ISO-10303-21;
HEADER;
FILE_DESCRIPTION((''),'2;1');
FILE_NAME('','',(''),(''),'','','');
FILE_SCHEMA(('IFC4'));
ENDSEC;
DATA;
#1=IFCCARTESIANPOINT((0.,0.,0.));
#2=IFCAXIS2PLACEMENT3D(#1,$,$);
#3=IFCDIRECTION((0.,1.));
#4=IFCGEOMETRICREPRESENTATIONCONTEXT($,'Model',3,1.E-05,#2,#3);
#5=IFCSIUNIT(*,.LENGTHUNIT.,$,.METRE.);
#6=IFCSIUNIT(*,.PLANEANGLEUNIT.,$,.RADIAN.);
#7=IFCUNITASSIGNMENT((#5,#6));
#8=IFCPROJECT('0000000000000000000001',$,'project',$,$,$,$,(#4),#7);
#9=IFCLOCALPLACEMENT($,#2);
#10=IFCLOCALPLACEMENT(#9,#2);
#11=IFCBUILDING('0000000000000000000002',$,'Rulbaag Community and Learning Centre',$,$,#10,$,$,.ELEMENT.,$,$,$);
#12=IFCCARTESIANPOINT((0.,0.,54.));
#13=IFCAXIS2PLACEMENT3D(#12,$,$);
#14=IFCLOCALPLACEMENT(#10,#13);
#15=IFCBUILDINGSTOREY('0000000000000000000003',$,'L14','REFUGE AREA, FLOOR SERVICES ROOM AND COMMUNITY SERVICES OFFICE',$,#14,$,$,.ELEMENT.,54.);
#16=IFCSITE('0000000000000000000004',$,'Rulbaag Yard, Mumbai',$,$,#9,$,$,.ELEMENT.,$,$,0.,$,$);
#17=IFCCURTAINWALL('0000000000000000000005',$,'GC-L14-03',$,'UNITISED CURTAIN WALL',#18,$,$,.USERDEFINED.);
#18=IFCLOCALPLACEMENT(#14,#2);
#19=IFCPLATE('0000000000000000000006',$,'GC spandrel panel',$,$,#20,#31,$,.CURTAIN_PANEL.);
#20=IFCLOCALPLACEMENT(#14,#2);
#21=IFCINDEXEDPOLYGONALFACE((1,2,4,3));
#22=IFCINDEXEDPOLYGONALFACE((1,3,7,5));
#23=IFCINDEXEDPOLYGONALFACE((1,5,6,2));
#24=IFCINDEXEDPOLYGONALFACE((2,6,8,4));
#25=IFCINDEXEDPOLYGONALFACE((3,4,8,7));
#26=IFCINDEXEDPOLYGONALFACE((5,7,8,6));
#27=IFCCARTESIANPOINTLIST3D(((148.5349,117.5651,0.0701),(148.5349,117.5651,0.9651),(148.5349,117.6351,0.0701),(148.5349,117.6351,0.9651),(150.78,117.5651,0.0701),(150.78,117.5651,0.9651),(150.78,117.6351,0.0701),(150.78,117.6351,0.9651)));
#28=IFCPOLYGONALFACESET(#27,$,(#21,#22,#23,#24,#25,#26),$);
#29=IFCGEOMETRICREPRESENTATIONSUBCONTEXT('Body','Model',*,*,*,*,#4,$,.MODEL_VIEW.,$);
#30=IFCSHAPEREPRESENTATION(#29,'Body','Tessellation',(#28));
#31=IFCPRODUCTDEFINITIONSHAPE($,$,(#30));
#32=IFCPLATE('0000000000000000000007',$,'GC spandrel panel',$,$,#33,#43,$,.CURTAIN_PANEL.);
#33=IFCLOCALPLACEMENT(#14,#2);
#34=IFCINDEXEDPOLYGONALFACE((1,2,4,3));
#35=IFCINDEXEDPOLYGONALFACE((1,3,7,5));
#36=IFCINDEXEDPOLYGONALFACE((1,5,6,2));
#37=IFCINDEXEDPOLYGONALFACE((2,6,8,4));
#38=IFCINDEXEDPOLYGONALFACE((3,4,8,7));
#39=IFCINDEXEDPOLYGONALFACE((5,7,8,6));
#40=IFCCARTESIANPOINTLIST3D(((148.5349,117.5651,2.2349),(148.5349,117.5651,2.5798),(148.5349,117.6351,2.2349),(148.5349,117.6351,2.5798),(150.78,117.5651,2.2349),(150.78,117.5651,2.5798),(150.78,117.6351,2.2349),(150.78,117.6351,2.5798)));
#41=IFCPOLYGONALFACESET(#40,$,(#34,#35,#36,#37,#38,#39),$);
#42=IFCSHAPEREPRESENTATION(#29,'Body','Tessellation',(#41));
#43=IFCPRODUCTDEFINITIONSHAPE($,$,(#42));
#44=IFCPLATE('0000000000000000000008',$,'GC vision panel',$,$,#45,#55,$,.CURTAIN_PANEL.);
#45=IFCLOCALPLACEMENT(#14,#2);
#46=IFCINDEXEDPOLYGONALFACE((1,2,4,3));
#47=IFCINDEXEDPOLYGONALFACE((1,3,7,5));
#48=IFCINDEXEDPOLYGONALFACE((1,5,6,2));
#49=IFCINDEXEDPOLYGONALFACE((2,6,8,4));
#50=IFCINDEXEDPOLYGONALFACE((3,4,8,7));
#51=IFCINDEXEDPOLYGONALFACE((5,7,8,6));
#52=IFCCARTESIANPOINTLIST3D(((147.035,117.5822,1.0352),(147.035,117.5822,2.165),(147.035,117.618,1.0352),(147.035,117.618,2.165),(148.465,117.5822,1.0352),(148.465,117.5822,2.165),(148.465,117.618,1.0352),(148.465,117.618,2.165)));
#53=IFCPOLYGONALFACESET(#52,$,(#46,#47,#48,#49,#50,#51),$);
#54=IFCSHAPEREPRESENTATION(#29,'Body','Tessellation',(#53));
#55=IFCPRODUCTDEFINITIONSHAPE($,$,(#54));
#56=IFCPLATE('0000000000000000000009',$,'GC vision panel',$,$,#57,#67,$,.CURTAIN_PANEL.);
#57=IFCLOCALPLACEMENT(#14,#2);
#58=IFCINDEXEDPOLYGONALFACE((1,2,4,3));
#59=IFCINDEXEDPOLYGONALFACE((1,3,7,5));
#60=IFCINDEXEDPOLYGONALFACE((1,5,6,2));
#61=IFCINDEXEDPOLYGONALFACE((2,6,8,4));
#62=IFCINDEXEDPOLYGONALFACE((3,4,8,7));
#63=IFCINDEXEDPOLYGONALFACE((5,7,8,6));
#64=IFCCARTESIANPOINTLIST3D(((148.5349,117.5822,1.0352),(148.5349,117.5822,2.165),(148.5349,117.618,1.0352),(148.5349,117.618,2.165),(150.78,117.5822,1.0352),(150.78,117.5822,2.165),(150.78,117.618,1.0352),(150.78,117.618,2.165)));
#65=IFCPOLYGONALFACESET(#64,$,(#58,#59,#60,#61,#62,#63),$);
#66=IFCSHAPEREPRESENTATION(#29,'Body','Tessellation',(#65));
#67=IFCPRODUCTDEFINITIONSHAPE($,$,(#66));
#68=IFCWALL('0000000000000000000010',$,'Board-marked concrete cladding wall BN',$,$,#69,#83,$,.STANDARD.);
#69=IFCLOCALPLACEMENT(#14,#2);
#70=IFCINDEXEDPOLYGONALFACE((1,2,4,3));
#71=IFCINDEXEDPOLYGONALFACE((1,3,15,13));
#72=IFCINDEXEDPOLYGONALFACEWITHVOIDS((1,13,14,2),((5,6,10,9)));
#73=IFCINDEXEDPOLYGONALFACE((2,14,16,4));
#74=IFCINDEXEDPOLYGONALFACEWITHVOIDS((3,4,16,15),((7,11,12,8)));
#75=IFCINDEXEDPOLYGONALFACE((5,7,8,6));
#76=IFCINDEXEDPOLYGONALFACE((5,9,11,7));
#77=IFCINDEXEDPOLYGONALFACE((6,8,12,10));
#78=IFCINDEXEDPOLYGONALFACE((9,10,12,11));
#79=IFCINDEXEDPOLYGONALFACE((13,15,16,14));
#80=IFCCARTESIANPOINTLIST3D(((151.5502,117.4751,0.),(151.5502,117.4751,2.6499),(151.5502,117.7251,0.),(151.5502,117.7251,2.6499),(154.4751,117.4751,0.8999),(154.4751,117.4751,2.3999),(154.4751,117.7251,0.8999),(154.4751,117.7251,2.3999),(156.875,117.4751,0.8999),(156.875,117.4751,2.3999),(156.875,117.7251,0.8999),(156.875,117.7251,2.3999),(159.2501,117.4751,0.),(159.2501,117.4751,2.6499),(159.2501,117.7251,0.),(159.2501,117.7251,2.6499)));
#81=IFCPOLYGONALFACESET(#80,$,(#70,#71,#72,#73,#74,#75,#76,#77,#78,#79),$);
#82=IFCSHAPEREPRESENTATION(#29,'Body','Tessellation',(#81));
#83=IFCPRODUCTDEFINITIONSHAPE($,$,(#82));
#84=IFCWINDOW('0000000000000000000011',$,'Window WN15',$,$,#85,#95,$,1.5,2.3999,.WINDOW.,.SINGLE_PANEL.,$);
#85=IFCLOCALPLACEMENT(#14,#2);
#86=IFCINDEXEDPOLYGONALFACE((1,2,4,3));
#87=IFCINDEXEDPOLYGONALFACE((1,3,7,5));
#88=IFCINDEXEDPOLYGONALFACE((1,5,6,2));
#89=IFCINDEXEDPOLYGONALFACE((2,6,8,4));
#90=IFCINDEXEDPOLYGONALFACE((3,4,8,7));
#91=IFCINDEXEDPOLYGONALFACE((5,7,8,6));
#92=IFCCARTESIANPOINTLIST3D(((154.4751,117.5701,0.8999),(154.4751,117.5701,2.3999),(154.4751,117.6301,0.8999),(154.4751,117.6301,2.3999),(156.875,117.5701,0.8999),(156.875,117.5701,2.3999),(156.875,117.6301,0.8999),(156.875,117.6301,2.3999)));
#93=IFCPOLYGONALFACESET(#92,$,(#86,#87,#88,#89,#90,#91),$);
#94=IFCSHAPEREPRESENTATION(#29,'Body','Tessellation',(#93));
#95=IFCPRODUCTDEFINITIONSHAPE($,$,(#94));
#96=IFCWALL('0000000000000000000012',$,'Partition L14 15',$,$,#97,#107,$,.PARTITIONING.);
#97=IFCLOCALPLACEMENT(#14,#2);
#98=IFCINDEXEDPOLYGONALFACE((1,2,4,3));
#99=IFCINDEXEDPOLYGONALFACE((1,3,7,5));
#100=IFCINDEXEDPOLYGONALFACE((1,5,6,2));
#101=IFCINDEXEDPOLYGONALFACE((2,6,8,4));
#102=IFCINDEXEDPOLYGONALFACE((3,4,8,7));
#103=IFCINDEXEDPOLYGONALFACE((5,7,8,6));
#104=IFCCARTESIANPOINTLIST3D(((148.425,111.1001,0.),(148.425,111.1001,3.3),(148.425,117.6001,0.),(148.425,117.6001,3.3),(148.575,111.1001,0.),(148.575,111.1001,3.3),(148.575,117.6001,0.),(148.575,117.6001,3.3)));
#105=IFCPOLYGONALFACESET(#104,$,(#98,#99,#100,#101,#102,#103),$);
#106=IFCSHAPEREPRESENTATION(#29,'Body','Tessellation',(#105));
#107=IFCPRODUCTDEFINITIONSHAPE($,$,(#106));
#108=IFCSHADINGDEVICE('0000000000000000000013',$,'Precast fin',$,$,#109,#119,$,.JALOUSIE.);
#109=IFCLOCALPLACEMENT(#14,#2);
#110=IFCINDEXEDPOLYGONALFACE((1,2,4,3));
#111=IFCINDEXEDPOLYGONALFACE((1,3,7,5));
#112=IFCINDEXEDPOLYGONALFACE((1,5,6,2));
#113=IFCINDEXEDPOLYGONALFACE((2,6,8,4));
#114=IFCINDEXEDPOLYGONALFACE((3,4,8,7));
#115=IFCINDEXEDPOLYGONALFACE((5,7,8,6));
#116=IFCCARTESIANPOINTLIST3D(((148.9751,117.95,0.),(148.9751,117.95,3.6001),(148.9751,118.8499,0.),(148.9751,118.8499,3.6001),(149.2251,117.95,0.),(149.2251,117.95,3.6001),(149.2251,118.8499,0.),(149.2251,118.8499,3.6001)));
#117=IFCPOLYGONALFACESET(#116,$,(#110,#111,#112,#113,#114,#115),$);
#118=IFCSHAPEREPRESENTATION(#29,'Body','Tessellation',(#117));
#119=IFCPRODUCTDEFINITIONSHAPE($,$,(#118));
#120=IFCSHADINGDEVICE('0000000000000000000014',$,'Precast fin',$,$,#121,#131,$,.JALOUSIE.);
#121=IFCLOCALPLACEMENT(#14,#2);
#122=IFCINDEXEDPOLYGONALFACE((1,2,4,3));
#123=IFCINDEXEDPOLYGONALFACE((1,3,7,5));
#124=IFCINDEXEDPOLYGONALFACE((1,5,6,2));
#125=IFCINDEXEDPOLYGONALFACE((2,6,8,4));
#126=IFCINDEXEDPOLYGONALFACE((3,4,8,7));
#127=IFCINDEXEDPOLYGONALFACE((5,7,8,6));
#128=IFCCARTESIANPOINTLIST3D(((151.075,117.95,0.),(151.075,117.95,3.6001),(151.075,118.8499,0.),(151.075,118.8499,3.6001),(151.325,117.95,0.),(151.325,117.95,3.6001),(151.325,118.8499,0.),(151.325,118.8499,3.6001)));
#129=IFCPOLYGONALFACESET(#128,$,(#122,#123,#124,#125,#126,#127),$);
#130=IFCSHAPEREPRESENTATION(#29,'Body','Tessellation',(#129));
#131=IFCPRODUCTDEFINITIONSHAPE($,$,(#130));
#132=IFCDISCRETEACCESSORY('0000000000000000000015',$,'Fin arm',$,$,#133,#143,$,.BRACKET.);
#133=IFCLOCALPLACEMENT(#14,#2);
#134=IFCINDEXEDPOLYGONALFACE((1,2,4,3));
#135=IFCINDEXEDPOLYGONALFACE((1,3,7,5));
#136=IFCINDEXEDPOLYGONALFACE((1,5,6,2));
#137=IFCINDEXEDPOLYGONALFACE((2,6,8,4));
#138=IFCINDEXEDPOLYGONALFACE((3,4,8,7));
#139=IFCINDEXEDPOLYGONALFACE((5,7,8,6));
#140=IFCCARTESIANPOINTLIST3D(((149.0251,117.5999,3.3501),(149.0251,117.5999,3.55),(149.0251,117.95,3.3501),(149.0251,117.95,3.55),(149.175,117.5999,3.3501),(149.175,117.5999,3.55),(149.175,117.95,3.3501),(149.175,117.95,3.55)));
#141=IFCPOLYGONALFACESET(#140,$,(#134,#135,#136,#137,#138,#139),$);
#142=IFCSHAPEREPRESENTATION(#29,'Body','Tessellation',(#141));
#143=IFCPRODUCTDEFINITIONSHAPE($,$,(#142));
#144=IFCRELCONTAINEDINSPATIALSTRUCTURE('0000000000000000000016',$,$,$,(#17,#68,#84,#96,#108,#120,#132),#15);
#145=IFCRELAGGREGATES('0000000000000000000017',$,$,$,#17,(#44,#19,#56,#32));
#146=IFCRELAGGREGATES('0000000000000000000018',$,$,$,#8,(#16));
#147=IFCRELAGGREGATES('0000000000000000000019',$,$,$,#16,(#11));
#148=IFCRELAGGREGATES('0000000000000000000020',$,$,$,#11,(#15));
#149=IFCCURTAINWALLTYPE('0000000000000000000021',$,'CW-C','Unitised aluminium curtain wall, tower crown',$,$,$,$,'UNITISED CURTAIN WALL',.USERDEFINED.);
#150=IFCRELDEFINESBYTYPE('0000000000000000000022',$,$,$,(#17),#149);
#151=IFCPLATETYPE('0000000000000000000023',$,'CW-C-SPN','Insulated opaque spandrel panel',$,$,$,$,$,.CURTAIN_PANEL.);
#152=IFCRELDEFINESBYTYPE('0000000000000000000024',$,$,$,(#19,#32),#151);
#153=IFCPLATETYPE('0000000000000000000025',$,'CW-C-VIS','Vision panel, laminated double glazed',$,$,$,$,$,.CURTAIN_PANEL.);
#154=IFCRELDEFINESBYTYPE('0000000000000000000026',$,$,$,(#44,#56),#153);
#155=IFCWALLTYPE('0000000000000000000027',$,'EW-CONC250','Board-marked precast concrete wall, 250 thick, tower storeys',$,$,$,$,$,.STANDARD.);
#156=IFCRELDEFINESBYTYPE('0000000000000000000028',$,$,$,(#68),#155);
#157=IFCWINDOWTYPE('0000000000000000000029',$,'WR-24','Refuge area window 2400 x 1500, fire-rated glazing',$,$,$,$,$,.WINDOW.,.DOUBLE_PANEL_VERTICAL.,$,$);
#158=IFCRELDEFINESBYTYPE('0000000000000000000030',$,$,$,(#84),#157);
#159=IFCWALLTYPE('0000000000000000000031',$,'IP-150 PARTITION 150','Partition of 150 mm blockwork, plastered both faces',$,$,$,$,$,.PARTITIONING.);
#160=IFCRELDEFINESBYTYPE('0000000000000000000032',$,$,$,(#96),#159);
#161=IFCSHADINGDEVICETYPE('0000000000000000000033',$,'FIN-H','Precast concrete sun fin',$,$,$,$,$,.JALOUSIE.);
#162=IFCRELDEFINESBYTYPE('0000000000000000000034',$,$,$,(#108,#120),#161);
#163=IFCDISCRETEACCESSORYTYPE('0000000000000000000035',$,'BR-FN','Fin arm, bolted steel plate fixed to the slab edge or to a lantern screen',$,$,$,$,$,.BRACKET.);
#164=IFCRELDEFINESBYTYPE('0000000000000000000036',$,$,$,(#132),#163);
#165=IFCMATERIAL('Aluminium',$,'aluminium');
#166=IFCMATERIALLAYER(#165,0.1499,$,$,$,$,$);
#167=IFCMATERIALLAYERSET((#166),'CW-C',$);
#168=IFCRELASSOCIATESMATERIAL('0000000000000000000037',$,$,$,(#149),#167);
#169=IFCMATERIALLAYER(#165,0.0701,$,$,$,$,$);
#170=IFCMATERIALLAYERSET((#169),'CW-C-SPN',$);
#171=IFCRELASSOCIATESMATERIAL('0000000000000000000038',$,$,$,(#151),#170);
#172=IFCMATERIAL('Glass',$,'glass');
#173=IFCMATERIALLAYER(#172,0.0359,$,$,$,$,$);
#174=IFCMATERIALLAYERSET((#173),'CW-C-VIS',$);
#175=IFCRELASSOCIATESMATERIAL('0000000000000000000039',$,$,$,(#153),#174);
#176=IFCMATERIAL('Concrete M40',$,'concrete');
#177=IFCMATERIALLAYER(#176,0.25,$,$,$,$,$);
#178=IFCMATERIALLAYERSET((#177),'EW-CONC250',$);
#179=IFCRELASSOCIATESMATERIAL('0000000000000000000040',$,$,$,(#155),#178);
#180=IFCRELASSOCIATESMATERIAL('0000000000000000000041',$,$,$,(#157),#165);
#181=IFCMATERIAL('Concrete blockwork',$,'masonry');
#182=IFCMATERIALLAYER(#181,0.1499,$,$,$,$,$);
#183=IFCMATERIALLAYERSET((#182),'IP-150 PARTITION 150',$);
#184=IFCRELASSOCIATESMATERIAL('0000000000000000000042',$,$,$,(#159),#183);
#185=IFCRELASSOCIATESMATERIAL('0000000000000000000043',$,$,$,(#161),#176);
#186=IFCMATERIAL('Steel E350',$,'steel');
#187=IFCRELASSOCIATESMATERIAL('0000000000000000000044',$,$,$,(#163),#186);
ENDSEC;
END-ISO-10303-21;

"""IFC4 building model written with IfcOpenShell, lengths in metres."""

from ifc_helpers import new_model, si_unit, direction, frame, frame_2d, origin, origin_2d, place, context, subcontext, project, spatial, rectangle, extrude, material, layer, layer_set, material_profile, profile_set, type_object, element, fill, aggregate, save


model = new_model("IFC4")

# Units and contexts
model_context = context("Model", 3, precision=1e-05, world=origin(), true_north=direction((0.0, 1.0)))
body_context = subcontext(model_context, "Body", "Model", "MODEL_VIEW")
ifc_project = project(units=[si_unit("LENGTHUNIT", "METRE"), si_unit("PLANEANGLEUNIT", "RADIAN")], contexts=[model_context])

# Site, building, storey
site_placement = place(None, origin())
site = spatial("IfcSite", under=ifc_project, at=site_placement, Name="Rulbaag Yard, Mumbai", CompositionType="ELEMENT", RefElevation=0.0)
building_placement = place(site_placement, origin())
building = spatial("IfcBuilding", under=site, at=building_placement, Name="Rulbaag Community and Learning Centre", CompositionType="ELEMENT")
storey_placement = place(building_placement, frame((0.0, 0.0, 54.0)))
storey = spatial("IfcBuildingStorey", under=building, at=storey_placement, Name="L14", Description="REFUGE AREA, FLOOR SERVICES ROOM AND COMMUNITY SERVICES OFFICE", CompositionType="ELEMENT", Elevation=54.0)

# Shared definitions
ifc_material_1 = material(Name="Concrete M40", Category="concrete")

# Curtain wall, plates
ifc_material_2 = material(Name="Aluminium", Category="aluminium")
ifc_layer_1 = layer(ifc_material_2, 0.1499)
ifc_layer_set_1 = layer_set([ifc_layer_1], Name="CW-C")
curtain_wall_type = type_object("IfcCurtainWallType", Name="CW-C", Description="Unitised aluminium curtain wall, tower crown", ElementType="UNITISED CURTAIN WALL", PredefinedType="USERDEFINED", material=ifc_layer_set_1)
curtain_wall_placement = place(storey_placement, origin())
curtain_wall = element("IfcCurtainWall", 1, at=curtain_wall_placement, inside=storey, type_object=curtain_wall_type, Name="GC-L14-03", ObjectType="UNITISED CURTAIN WALL", PredefinedType="USERDEFINED")
ifc_layer_2 = layer(ifc_material_2, 0.0701)
ifc_layer_set_2 = layer_set([ifc_layer_2], Name="CW-C-SPN")
plate_type_1 = type_object("IfcPlateType", Name="CW-C-SPN", Description="Insulated opaque spandrel panel", PredefinedType="CURTAIN_PANEL", material=ifc_layer_set_2)
plate_1_placement = place(storey_placement, frame((149.6575, 117.6001, 0.0701), z_axis=(0.0, 0.0, 1.0), x_axis=(1.0, 0.0, 0.0)))
plate_1 = element("IfcPlate", 2, at=plate_1_placement, type_object=plate_type_1, Name="GC spandrel panel", PredefinedType="CURTAIN_PANEL", context=body_context, shape_type="SweptSolid", body=[
    extrude(rectangle(XDim=2.2451, YDim=0.0701, at=origin_2d()), origin(), (0.0, 0.0, 1.0), 0.895),
])
plate_2_placement = place(storey_placement, frame((149.6575, 117.6001, 2.2349), z_axis=(0.0, 0.0, 1.0), x_axis=(1.0, 0.0, 0.0)))
plate_2 = element("IfcPlate", 3, at=plate_2_placement, type_object=plate_type_1, Name="GC spandrel panel", PredefinedType="CURTAIN_PANEL", context=body_context, shape_type="SweptSolid", body=[
    extrude(rectangle(XDim=2.2451, YDim=0.0701, at=origin_2d()), origin(), (0.0, 0.0, 1.0), 0.345),
])
ifc_material_3 = material(Name="Glass", Category="glass")
ifc_layer_3 = layer(ifc_material_3, 0.0359)
ifc_layer_set_3 = layer_set([ifc_layer_3], Name="CW-C-VIS")
plate_type_2 = type_object("IfcPlateType", Name="CW-C-VIS", Description="Vision panel, laminated double glazed", PredefinedType="CURTAIN_PANEL", material=ifc_layer_set_3)
plate_3_placement = place(storey_placement, frame((147.75, 117.6001, 1.0352), z_axis=(0.0, 0.0, 1.0), x_axis=(1.0, 0.0, 0.0)))
plate_3 = element("IfcPlate", 4, at=plate_3_placement, type_object=plate_type_2, Name="GC vision panel", PredefinedType="CURTAIN_PANEL", context=body_context, shape_type="SweptSolid", body=[
    extrude(rectangle(XDim=1.4299, YDim=0.0359, at=origin_2d()), origin(), (0.0, 0.0, 1.0), 1.1299),
])
plate_4_placement = place(storey_placement, frame((149.6575, 117.6001, 1.0352), z_axis=(0.0, 0.0, 1.0), x_axis=(1.0, 0.0, 0.0)))
plate_4 = element("IfcPlate", 5, at=plate_4_placement, type_object=plate_type_2, Name="GC vision panel", PredefinedType="CURTAIN_PANEL", context=body_context, shape_type="SweptSolid", body=[
    extrude(rectangle(XDim=2.2451, YDim=0.0359, at=origin_2d()), origin(), (0.0, 0.0, 1.0), 1.1299),
])
aggregate(curtain_wall, [plate_3, plate_1, plate_4, plate_2])

# Wall, opening, window
ifc_layer_4 = layer(ifc_material_1, 0.25)
ifc_layer_set_4 = layer_set([ifc_layer_4], Name="EW-CONC250")
wall_type_1 = type_object("IfcWallType", Name="EW-CONC250", Description="Board-marked precast concrete wall, 250 thick, tower storeys", PredefinedType="STANDARD", material=ifc_layer_set_4)
wall_1_placement = place(storey_placement, frame((151.55, 117.6001, 0.0), z_axis=(0.0, 0.0, 1.0), x_axis=(1.0, 0.0, 0.0)))
wall_1 = element("IfcWall", 6, at=wall_1_placement, inside=storey, type_object=wall_type_1, Name="Board-marked concrete cladding wall BN", PredefinedType="STANDARD", context=body_context, shape_type="SweptSolid", body=[
    extrude(rectangle(XDim=7.7, YDim=0.25, at=frame_2d((3.8501, 0.0))), origin(), (0.0, 0.0, 1.0), 2.6499),
])
opening_1_placement = place(wall_1_placement, frame((2.925, 0.0, 0.8999)))
opening_1 = element("IfcOpeningElement", 7, at=opening_1_placement, cuts=wall_1, PredefinedType="OPENING", context=body_context, shape_type="SweptSolid", body=[
    extrude(rectangle(XDim=2.3999, YDim=1.5, at=frame_2d((1.2, 0.75))), frame((0.0, 0.135, 0.0), z_axis=(0.0, -1.0, 0.0), x_axis=(1.0, 0.0, 0.0)), (0.0, 0.0, 1.0), 0.27),
])
window_type = type_object("IfcWindowType", Name="WR-24", Description="Refuge area window 2400 x 1500, fire-rated glazing", PartitioningType="DOUBLE_PANEL_VERTICAL", PredefinedType="WINDOW", material=ifc_material_2)
window_placement = place(opening_1_placement, origin())
window = element("IfcWindow", 8, at=window_placement, inside=storey, type_object=window_type, Name="Window WN15", OverallHeight=1.5, OverallWidth=2.3999, PartitioningType="SINGLE_PANEL", PredefinedType="WINDOW", context=body_context, shape_type="SweptSolid", body=[
    extrude(rectangle(XDim=2.3999, YDim=1.5, at=frame_2d((1.2, 0.75))), frame((0.0, 0.03, 0.0), z_axis=(0.0, -1.0, 0.0), x_axis=(1.0, 0.0, 0.0)), (0.0, 0.0, 1.0), 0.0601),
])
fill(opening_1, window)

# Wall
ifc_material_4 = material(Name="Concrete blockwork", Category="masonry")
ifc_layer_5 = layer(ifc_material_4, 0.1499)
ifc_layer_set_5 = layer_set([ifc_layer_5], Name="IP-150 PARTITION 150")
wall_type_2 = type_object("IfcWallType", Name="IP-150 PARTITION 150", Description="Partition of 150 mm blockwork, plastered both faces", PredefinedType="PARTITIONING", material=ifc_layer_set_5)
wall_2_placement = place(storey_placement, frame((148.5, 111.1001, 0.0), z_axis=(0.0, 0.0, 1.0), x_axis=(0.0, 1.0, 0.0)))
element("IfcWall", 9, at=wall_2_placement, inside=storey, type_object=wall_type_2, Name="Partition L14 15", PredefinedType="PARTITIONING", context=body_context, shape_type="SweptSolid", body=[
    extrude(rectangle(XDim=6.5, YDim=0.1499, at=frame_2d((3.25, 0.0))), origin(), (0.0, 0.0, 1.0), 3.3),
])

# Shading devices
ifc_material_profile_1 = material_profile(ifc_material_1, rectangle(XDim=0.25, YDim=0.8999, at=origin_2d()), Name="PC 250x900")
ifc_profile_set_1 = profile_set([ifc_material_profile_1], Name="Concrete M40")
shading_device_type_1 = type_object("IfcShadingDeviceType", Name="FIN-H", Description="Precast concrete sun fin", PredefinedType="JALOUSIE", material=ifc_profile_set_1)
for number, where, z_axis, x_axis, name in (
    (10, (149.1001, 118.3999, 0.0), (0.0, 0.0, 1.0), (1.0, 0.0, 0.0), "Precast fin"),
    (11, (151.2, 118.3999, 0.0), (0.0, 0.0, 1.0), (1.0, 0.0, 0.0), "Precast fin"),
):
    element("IfcShadingDevice", number, at=place(storey_placement, frame(where, z_axis=z_axis, x_axis=x_axis)), inside=storey, type_object=shading_device_type_1, Name=name, PredefinedType="JALOUSIE", context=body_context, shape_type="SweptSolid", body=[
        extrude(rectangle(XDim=0.25, YDim=0.8999, at=origin_2d()), origin(), (0.0, 0.0, 1.0), 3.6001),
    ])

# Discrete accessory
ifc_material_5 = material(Name="Steel E350", Category="steel")
discrete_accessory_type = type_object("IfcDiscreteAccessoryType", Name="BR-FN", Description="Fin arm, bolted steel plate fixed to the slab edge or to a lantern screen", PredefinedType="BRACKET", material=ifc_material_5)
discrete_accessory_placement = place(storey_placement, frame((149.1001, 117.7749, 3.3501), z_axis=(0.0, 0.0, 1.0), x_axis=(1.0, 0.0, 0.0)))
element("IfcDiscreteAccessory", 12, at=discrete_accessory_placement, inside=storey, type_object=discrete_accessory_type, Name="Fin arm", PredefinedType="BRACKET", context=body_context, shape_type="SweptSolid", body=[
    extrude(rectangle(XDim=0.1499, YDim=0.3501, at=origin_2d()), origin(), (0.0, 0.0, 1.0), 0.2),
])

save(model, "model.ifc")
